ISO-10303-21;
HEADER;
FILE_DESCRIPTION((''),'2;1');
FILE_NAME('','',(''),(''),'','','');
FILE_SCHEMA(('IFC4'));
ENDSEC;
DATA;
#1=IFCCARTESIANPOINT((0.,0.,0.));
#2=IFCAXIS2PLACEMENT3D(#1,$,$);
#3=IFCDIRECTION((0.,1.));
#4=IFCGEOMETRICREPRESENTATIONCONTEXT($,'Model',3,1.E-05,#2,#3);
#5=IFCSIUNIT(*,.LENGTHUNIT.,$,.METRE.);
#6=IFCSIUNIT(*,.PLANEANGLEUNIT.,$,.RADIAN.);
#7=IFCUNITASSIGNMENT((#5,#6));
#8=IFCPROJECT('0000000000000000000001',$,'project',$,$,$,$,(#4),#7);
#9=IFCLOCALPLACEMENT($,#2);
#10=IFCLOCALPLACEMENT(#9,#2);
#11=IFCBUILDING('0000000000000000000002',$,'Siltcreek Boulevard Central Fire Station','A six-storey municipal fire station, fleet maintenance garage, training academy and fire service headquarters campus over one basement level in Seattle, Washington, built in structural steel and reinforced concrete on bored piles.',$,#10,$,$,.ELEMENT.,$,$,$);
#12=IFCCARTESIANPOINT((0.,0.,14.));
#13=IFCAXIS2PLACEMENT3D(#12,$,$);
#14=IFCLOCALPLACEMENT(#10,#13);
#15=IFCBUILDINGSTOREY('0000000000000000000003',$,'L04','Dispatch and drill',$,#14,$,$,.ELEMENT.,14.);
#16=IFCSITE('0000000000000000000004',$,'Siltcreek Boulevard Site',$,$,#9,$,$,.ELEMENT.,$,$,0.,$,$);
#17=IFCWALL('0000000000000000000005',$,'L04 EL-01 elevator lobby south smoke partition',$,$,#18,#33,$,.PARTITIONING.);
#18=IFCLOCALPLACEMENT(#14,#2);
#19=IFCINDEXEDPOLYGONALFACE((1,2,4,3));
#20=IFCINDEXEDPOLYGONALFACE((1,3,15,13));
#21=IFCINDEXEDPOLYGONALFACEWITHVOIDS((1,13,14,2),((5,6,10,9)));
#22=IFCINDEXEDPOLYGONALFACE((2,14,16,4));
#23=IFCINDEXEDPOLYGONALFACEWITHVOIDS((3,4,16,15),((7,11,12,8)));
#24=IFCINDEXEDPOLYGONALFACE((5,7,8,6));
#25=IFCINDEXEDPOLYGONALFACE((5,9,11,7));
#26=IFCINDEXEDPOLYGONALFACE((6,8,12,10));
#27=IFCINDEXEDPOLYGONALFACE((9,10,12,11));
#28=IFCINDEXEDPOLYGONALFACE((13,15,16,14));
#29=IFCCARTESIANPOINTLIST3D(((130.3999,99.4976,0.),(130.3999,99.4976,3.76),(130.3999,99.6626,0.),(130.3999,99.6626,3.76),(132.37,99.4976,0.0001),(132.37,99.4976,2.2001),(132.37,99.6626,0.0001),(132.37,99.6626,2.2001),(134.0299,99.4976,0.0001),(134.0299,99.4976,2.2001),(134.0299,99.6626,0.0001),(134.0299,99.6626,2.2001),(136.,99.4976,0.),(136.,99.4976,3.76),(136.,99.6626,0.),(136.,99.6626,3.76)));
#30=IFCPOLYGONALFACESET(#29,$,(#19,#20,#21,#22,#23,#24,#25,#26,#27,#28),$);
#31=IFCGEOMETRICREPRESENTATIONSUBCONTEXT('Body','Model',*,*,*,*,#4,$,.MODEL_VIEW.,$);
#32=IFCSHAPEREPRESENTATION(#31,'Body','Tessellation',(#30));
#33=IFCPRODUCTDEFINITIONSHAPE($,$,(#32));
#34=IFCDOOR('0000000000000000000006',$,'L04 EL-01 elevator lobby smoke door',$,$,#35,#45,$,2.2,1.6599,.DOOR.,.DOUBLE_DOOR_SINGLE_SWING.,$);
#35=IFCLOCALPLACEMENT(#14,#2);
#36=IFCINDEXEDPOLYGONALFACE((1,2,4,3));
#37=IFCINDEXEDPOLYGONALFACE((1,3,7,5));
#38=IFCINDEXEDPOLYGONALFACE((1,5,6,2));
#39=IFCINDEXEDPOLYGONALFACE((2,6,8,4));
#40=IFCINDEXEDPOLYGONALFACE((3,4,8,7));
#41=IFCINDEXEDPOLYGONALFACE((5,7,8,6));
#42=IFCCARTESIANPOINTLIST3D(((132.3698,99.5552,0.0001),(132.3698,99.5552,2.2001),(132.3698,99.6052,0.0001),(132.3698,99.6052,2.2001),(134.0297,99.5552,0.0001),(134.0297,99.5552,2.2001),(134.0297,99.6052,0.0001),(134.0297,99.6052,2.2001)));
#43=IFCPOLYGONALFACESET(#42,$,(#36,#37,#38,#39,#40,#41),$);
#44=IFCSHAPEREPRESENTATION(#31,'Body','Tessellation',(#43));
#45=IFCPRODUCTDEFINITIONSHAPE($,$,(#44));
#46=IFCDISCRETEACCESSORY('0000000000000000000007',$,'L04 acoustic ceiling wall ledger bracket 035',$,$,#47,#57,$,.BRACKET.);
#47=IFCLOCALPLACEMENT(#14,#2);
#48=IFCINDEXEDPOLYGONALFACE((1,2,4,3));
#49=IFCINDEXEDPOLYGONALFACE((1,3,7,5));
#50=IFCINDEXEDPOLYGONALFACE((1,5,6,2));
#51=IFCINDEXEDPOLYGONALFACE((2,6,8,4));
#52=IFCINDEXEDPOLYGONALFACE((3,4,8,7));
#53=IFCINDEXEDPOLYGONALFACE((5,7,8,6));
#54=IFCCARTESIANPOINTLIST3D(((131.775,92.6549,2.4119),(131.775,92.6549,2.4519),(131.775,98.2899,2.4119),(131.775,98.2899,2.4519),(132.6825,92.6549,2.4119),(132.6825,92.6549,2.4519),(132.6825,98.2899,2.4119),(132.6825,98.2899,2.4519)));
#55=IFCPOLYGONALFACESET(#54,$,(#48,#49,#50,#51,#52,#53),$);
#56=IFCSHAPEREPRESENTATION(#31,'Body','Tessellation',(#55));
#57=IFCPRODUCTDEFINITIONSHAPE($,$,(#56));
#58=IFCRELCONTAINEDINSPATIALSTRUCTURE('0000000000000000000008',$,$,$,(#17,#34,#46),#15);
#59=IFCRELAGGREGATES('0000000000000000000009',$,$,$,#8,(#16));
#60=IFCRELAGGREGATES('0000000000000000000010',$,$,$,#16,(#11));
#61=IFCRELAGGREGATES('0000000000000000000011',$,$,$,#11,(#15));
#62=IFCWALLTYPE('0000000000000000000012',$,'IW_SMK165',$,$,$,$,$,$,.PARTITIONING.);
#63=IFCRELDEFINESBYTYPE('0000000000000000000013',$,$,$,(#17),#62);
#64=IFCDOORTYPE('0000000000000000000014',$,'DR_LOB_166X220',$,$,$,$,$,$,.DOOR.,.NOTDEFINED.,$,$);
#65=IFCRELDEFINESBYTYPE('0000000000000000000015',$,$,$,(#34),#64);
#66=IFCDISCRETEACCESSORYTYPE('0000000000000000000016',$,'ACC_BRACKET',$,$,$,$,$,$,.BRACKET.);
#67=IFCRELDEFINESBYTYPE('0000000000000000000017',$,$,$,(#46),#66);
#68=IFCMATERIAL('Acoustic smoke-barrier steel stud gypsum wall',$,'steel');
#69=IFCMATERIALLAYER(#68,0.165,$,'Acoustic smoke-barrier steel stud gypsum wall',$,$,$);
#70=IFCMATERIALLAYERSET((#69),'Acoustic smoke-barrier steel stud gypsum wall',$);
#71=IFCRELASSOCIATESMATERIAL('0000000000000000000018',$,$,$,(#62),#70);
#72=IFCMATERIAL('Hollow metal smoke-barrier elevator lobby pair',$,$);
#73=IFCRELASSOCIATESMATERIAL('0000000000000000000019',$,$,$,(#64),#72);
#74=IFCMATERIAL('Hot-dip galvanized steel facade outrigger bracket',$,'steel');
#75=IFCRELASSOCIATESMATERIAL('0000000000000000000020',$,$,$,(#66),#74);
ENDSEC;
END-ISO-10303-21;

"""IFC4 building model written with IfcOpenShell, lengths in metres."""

from ifc_helpers import new_model, si_unit, direction, frame, frame_2d, origin, origin_2d, place, context, subcontext, project, spatial, rectangle, extrude, material, layer, layer_set, type_object, element, fill, save


model = new_model("IFC4")

# Units and contexts
model_context = context("Model", 3, precision=1e-05, world=origin(), true_north=direction((0.0, 1.0)))
body_context = subcontext(model_context, "Body", "Model", "MODEL_VIEW")
ifc_project = project(units=[si_unit("LENGTHUNIT", "METRE"), si_unit("PLANEANGLEUNIT", "RADIAN")], contexts=[model_context])

# Site, building, storey
site_placement = place(None, origin())
site = spatial("IfcSite", under=ifc_project, at=site_placement, Name="Siltcreek Boulevard Site", CompositionType="ELEMENT", RefElevation=0.0)
building_placement = place(site_placement, origin())
building = spatial("IfcBuilding", under=site, at=building_placement, Name="Siltcreek Boulevard Central Fire Station", Description="A six-storey municipal fire station, fleet maintenance garage, training academy and fire service headquarters campus over one basement level in Seattle, Washington, built in structural steel and reinforced concrete on bored piles.", CompositionType="ELEMENT")
storey_placement = place(building_placement, frame((0.0, 0.0, 14.0)))
storey = spatial("IfcBuildingStorey", under=building, at=storey_placement, Name="L04", Description="Dispatch and drill", CompositionType="ELEMENT", Elevation=14.0)

# Shared definitions
ifc_material_1 = material(Name="Acoustic smoke-barrier steel stud gypsum wall", Category="steel")
ifc_layer_1 = layer(ifc_material_1, 0.165, Name="Acoustic smoke-barrier steel stud gypsum wall")
ifc_layer_set_1 = layer_set([ifc_layer_1], Name="Acoustic smoke-barrier steel stud gypsum wall")
wall_type_1 = type_object("IfcWallType", Name="IW_SMK165", PredefinedType="PARTITIONING", material=ifc_layer_set_1)

# Wall, opening, door
wall_1_placement = place(storey_placement, frame((130.3999, 99.5801, 0.0), z_axis=(0.0, 0.0, 1.0), x_axis=(1.0, 0.0, 0.0)))
wall_1 = element("IfcWall", 1, at=wall_1_placement, inside=storey, type_object=wall_type_1, Name="L04 EL-01 elevator lobby south smoke partition", PredefinedType="PARTITIONING", context=body_context, shape_type="SweptSolid", body=[
    extrude(rectangle(XDim=5.6001, YDim=0.165, at=frame_2d((2.8, 0.0))), origin(), (0.0, 0.0, 1.0), 3.76),
])
opening_1_placement = place(wall_1_placement, frame((1.97, 0.0, 0.0)))
opening_1 = element("IfcOpeningElement", 2, at=opening_1_placement, cuts=wall_1, PredefinedType="OPENING", context=body_context, shape_type="SweptSolid", body=[
    extrude(rectangle(XDim=1.6599, YDim=2.2, at=frame_2d((0.8301, 1.1001))), frame((0.0, 0.0925, 0.0), z_axis=(0.0, -1.0, 0.0), x_axis=(1.0, 0.0, 0.0)), (0.0, 0.0, 1.0), 0.1851),
])
ifc_material_2 = material(Name="Hollow metal smoke-barrier elevator lobby pair")
door_type_1 = type_object("IfcDoorType", Name="DR_LOB_166X220", OperationType="NOTDEFINED", PredefinedType="DOOR", material=ifc_material_2)
door_1_placement = place(opening_1_placement, frame((1.6599, 0.0, 0.0), z_axis=(0.0, 0.0, 1.0), x_axis=(-1.0, 0.0, 0.0)))
door_1 = element("IfcDoor", 3, at=door_1_placement, inside=storey, type_object=door_type_1, Name="L04 EL-01 elevator lobby smoke door", OperationType="DOUBLE_DOOR_SINGLE_SWING", OverallHeight=2.2, OverallWidth=1.6599, PredefinedType="DOOR", context=body_context, shape_type="SweptSolid", body=[
    extrude(rectangle(XDim=1.6599, YDim=2.2, at=frame_2d((0.8301, 1.1001))), frame((0.0, 0.0249, 0.0), z_axis=(0.0, -1.0, 0.0), x_axis=(1.0, 0.0, 0.0)), (0.0, 0.0, 1.0), 0.05),
])
fill(opening_1, door_1)

# Discrete accessory
ifc_material_3 = material(Name="Hot-dip galvanized steel facade outrigger bracket", Category="steel")
discrete_accessory_type = type_object("IfcDiscreteAccessoryType", Name="ACC_BRACKET", PredefinedType="BRACKET", material=ifc_material_3)
discrete_accessory_placement = place(storey_placement, frame((132.2288, 95.4724, 2.4119), z_axis=(0.0, 0.0, 1.0), x_axis=(1.0, 0.0, 0.0)))
element("IfcDiscreteAccessory", 4, at=discrete_accessory_placement, inside=storey, type_object=discrete_accessory_type, Name="L04 acoustic ceiling wall ledger bracket 035", PredefinedType="BRACKET", context=body_context, shape_type="SweptSolid", body=[
    extrude(rectangle(XDim=0.9075, YDim=5.635, at=origin_2d()), origin(), (0.0, 0.0, 1.0), 0.04),
])

save(model, "model.ifc")
